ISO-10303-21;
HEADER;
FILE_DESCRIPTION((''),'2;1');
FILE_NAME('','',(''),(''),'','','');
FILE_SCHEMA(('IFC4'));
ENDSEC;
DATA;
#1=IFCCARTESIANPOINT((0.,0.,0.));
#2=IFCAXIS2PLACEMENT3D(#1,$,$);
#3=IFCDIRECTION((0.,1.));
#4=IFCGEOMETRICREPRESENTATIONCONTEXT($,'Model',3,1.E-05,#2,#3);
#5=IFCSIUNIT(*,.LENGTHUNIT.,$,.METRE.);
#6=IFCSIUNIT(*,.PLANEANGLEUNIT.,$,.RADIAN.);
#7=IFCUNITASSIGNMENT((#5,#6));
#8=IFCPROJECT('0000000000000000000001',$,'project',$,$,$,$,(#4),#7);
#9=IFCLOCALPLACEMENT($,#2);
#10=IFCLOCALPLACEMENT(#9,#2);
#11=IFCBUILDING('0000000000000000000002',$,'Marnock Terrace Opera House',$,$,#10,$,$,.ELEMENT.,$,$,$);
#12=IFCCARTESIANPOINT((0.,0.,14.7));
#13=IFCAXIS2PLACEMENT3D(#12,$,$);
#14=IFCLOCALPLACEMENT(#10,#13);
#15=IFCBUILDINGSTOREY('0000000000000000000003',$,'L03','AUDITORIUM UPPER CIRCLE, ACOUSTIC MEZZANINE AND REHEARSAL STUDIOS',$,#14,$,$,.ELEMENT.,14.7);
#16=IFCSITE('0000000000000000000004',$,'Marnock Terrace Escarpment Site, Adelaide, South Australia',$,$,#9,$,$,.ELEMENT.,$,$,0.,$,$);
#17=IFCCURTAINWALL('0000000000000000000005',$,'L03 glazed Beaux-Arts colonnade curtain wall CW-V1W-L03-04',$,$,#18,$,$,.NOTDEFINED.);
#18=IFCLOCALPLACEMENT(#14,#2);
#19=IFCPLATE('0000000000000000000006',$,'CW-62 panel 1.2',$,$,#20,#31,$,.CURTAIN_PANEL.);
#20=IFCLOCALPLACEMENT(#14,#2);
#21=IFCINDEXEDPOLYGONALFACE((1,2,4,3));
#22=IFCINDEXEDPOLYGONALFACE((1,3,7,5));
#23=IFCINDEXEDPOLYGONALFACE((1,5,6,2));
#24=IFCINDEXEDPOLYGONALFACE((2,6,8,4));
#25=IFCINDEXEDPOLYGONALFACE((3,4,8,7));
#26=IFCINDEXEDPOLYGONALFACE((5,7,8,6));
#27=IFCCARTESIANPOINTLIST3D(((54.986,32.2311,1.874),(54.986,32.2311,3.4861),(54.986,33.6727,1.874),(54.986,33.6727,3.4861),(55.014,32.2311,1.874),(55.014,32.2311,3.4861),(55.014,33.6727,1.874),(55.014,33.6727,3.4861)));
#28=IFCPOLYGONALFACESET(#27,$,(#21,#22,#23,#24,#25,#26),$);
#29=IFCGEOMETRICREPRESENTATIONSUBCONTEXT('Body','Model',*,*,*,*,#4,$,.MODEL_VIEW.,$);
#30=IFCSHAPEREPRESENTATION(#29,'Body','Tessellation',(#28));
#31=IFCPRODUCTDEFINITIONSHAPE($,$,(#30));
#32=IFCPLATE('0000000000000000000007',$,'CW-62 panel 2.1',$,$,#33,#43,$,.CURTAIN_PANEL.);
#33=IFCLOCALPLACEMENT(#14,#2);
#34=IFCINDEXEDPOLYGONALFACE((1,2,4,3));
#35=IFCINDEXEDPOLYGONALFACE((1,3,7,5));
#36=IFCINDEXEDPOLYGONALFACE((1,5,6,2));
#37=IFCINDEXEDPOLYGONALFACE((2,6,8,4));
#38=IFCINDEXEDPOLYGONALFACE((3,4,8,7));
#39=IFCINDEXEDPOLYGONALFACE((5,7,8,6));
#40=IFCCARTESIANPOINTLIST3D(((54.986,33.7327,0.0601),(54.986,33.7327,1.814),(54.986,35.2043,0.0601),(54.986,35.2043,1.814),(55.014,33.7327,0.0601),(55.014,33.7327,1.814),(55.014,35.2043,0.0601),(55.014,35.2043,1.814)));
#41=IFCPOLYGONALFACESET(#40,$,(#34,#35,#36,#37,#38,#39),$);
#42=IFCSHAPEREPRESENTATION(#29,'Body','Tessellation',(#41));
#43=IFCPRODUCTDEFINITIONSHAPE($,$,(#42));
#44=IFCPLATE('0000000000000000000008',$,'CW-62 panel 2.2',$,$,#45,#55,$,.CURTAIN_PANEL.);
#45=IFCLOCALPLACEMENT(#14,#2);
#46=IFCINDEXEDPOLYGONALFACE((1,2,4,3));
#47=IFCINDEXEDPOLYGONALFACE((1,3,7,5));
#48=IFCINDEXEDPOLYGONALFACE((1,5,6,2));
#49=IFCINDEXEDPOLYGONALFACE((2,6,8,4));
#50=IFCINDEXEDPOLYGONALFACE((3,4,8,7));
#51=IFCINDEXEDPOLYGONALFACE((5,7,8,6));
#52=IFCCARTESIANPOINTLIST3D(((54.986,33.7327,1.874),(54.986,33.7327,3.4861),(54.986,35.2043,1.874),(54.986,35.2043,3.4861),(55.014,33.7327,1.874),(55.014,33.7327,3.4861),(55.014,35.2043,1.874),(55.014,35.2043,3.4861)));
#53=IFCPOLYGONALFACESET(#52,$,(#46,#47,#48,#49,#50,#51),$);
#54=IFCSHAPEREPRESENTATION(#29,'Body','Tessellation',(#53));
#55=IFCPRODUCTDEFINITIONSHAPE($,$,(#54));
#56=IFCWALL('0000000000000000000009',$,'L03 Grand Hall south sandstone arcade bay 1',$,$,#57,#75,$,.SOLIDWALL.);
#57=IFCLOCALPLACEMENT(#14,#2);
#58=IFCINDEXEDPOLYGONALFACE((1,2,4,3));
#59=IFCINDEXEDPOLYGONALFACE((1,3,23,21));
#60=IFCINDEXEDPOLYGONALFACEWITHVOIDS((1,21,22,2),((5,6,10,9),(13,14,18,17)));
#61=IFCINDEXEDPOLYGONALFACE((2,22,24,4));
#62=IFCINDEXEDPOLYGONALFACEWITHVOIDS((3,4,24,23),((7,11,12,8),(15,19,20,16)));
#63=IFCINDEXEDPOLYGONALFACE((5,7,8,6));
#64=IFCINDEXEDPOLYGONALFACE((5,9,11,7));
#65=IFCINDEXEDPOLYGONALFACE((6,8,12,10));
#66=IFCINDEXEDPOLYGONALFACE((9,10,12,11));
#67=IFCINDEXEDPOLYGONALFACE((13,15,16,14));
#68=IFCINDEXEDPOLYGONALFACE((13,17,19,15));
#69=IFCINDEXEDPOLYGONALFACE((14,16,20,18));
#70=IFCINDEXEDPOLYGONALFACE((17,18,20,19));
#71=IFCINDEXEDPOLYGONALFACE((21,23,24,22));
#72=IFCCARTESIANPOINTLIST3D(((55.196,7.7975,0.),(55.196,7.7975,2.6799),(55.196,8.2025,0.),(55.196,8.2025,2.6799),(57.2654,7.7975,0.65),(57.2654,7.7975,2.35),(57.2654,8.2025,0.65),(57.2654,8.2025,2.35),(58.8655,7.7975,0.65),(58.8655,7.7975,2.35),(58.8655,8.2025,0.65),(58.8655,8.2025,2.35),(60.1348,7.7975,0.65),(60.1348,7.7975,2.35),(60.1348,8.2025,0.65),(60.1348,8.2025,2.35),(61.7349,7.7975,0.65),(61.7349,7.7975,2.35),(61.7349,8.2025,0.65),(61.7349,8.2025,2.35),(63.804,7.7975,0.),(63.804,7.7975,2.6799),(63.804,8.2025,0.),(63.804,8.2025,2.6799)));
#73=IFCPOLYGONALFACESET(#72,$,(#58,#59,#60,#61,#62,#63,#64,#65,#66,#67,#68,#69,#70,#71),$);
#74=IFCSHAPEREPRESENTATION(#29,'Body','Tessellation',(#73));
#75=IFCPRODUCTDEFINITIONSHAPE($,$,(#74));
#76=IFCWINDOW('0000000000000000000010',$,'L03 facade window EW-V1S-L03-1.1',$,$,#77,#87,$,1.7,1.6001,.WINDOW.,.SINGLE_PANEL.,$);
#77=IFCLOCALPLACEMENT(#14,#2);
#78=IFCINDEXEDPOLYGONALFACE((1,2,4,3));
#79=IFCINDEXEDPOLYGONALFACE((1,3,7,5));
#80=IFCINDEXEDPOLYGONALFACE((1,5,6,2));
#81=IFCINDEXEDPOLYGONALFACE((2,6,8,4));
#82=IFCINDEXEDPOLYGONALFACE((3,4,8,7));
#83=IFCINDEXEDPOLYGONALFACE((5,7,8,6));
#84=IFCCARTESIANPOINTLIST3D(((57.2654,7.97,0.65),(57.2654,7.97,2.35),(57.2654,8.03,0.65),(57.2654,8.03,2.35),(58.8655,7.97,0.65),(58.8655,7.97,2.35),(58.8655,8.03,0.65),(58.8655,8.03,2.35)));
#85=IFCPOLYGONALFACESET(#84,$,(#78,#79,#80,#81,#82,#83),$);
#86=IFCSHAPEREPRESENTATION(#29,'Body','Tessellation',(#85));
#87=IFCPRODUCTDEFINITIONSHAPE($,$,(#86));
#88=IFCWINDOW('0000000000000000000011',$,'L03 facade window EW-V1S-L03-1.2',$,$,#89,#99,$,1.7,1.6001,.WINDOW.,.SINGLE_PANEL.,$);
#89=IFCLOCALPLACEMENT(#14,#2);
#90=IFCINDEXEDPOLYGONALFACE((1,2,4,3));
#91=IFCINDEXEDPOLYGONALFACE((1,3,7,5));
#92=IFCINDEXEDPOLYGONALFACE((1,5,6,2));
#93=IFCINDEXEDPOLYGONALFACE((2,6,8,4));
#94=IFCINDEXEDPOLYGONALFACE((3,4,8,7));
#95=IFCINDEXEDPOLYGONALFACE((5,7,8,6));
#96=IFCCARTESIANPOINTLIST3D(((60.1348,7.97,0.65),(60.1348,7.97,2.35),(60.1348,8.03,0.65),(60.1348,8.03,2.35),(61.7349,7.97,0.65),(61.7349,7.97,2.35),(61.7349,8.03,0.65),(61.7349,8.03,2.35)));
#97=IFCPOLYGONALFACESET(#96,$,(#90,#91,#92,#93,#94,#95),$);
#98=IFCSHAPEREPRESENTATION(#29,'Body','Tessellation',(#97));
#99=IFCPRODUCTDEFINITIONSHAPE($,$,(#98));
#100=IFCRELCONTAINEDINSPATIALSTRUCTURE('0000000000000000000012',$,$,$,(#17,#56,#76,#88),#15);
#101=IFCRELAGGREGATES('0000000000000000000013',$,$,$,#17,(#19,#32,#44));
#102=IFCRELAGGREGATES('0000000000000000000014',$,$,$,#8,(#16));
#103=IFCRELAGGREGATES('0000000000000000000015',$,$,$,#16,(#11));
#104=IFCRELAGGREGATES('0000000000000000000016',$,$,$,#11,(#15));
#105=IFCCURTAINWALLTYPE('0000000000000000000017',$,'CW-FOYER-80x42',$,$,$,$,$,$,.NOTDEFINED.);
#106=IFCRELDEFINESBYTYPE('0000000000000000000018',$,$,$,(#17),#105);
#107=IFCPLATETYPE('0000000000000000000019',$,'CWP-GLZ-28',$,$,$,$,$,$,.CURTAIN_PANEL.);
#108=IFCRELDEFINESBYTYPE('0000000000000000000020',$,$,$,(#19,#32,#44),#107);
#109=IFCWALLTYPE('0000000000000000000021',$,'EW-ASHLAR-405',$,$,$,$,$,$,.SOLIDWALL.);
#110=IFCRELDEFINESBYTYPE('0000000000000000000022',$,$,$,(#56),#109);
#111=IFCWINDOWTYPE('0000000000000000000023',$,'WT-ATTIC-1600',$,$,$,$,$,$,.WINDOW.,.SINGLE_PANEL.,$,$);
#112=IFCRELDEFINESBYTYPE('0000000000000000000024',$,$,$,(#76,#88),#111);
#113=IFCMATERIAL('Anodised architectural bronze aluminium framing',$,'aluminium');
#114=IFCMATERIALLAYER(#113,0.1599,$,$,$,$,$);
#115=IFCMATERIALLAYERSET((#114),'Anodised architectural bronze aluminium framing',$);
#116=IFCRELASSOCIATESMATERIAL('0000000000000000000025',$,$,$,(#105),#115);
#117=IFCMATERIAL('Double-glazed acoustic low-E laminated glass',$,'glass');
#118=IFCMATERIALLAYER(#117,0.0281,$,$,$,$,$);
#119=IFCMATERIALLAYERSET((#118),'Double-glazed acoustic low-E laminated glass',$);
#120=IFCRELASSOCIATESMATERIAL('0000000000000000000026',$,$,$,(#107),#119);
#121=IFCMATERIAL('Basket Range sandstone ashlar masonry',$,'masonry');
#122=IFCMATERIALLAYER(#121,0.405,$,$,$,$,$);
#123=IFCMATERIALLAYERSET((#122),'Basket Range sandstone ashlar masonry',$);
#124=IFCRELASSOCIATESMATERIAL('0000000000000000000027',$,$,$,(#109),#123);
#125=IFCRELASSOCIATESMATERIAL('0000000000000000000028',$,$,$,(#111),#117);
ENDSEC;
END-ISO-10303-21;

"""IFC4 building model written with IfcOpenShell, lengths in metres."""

from ifc_helpers import new_model, si_unit, direction, frame, frame_2d, origin, origin_2d, place, context, subcontext, project, spatial, rectangle, extrude, material, layer, layer_set, type_object, element, fill, aggregate, save


model = new_model("IFC4")

# Units and contexts
model_context = context("Model", 3, precision=1e-05, world=origin(), true_north=direction((0.0, 1.0)))
body_context = subcontext(model_context, "Body", "Model", "MODEL_VIEW")
ifc_project = project(units=[si_unit("LENGTHUNIT", "METRE"), si_unit("PLANEANGLEUNIT", "RADIAN")], contexts=[model_context])

# Site, building, storey
site_placement = place(None, origin())
site = spatial("IfcSite", under=ifc_project, at=site_placement, Name="Marnock Terrace Escarpment Site, Adelaide, South Australia", CompositionType="ELEMENT", RefElevation=0.0)
building_placement = place(site_placement, origin())
building = spatial("IfcBuilding", under=site, at=building_placement, Name="Marnock Terrace Opera House", CompositionType="ELEMENT")
storey_placement = place(building_placement, frame((0.0, 0.0, 14.7)))
storey = spatial("IfcBuildingStorey", under=building, at=storey_placement, Name="L03", Description="AUDITORIUM UPPER CIRCLE, ACOUSTIC MEZZANINE AND REHEARSAL STUDIOS", CompositionType="ELEMENT", Elevation=14.7)

# Curtain wall
ifc_material_1 = material(Name="Anodised architectural bronze aluminium framing", Category="aluminium")
ifc_layer_1 = layer(ifc_material_1, 0.1599)
ifc_layer_set_1 = layer_set([ifc_layer_1], Name="Anodised architectural bronze aluminium framing")
curtain_wall_type = type_object("IfcCurtainWallType", Name="CW-FOYER-80x42", PredefinedType="NOTDEFINED", material=ifc_layer_set_1)
curtain_wall_1_placement = place(storey_placement, origin())
curtain_wall_1 = element("IfcCurtainWall", 1, at=curtain_wall_1_placement, inside=storey, type_object=curtain_wall_type, Name="L03 glazed Beaux-Arts colonnade curtain wall CW-V1W-L03-04", PredefinedType="NOTDEFINED")

# Plates
ifc_material_2 = material(Name="Double-glazed acoustic low-E laminated glass", Category="glass")
ifc_layer_2 = layer(ifc_material_2, 0.0281)
ifc_layer_set_2 = layer_set([ifc_layer_2], Name="Double-glazed acoustic low-E laminated glass")
plate_type = type_object("IfcPlateType", Name="CWP-GLZ-28", PredefinedType="CURTAIN_PANEL", material=ifc_layer_set_2)
plate_1_placement = place(storey_placement, frame((55.0, 32.9519, 1.874), z_axis=(0.0, 0.0, 1.0), x_axis=(0.0, 1.0, 0.0)))
plate_1 = element("IfcPlate", 2, at=plate_1_placement, type_object=plate_type, Name="CW-62 panel 1.2", PredefinedType="CURTAIN_PANEL", context=body_context, shape_type="SweptSolid", body=[
    extrude(rectangle(XDim=1.4417, YDim=0.0281, at=origin_2d()), origin(), (0.0, 0.0, 1.0), 1.6121),
])
plate_2_placement = place(storey_placement, frame((55.0, 34.4685, 0.0601), z_axis=(0.0, 0.0, 1.0), x_axis=(0.0, 1.0, 0.0)))
plate_2 = element("IfcPlate", 3, at=plate_2_placement, type_object=plate_type, Name="CW-62 panel 2.1", PredefinedType="CURTAIN_PANEL", context=body_context, shape_type="SweptSolid", body=[
    extrude(rectangle(XDim=1.4717, YDim=0.0281, at=origin_2d()), origin(), (0.0, 0.0, 1.0), 1.7539),
])
plate_3_placement = place(storey_placement, frame((55.0, 34.4685, 1.874), z_axis=(0.0, 0.0, 1.0), x_axis=(0.0, 1.0, 0.0)))
plate_3 = element("IfcPlate", 4, at=plate_3_placement, type_object=plate_type, Name="CW-62 panel 2.2", PredefinedType="CURTAIN_PANEL", context=body_context, shape_type="SweptSolid", body=[
    extrude(rectangle(XDim=1.4717, YDim=0.0281, at=origin_2d()), origin(), (0.0, 0.0, 1.0), 1.6121),
])
aggregate(curtain_wall_1, [plate_1, plate_2, plate_3])

# Wall, openings, windows
ifc_material_3 = material(Name="Basket Range sandstone ashlar masonry", Category="masonry")
ifc_layer_3 = layer(ifc_material_3, 0.405)
ifc_layer_set_3 = layer_set([ifc_layer_3], Name="Basket Range sandstone ashlar masonry")
wall_type = type_object("IfcWallType", Name="EW-ASHLAR-405", PredefinedType="SOLIDWALL", material=ifc_layer_set_3)
wall_placement = place(storey_placement, frame((55.196, 8.0, 0.0), z_axis=(0.0, 0.0, 1.0), x_axis=(1.0, 0.0, 0.0)))
wall = element("IfcWall", 5, at=wall_placement, inside=storey, type_object=wall_type, Name="L03 Grand Hall south sandstone arcade bay 1", PredefinedType="SOLIDWALL", context=body_context, shape_type="SweptSolid", body=[
    extrude(rectangle(XDim=8.6079, YDim=0.405, at=frame_2d((4.304, 0.0))), origin(), (0.0, 0.0, 1.0), 2.6799),
])
opening_1_placement = place(wall_placement, frame((2.0693, 0.0, 0.6499)))
opening_1 = element("IfcOpeningElement", 6, at=opening_1_placement, cuts=wall, PredefinedType="OPENING", context=body_context, shape_type="SweptSolid", body=[
    extrude(rectangle(XDim=1.6001, YDim=1.7, at=frame_2d((0.8, 0.8501))), frame((0.0, 0.2124, 0.0), z_axis=(0.0, -1.0, 0.0), x_axis=(1.0, 0.0, 0.0)), (0.0, 0.0, 1.0), 0.425),
])
opening_2_placement = place(wall_placement, frame((4.9387, 0.0, 0.6499)))
opening_2 = element("IfcOpeningElement", 7, at=opening_2_placement, cuts=wall, PredefinedType="OPENING", context=body_context, shape_type="SweptSolid", body=[
    extrude(rectangle(XDim=1.6001, YDim=1.7, at=frame_2d((0.8, 0.8501))), frame((0.0, 0.2124, 0.0), z_axis=(0.0, -1.0, 0.0), x_axis=(1.0, 0.0, 0.0)), (0.0, 0.0, 1.0), 0.425),
])
window_type = type_object("IfcWindowType", Name="WT-ATTIC-1600", PartitioningType="SINGLE_PANEL", PredefinedType="WINDOW", material=ifc_material_2)
window_1_placement = place(opening_1_placement, origin())
window_1 = element("IfcWindow", 8, at=window_1_placement, inside=storey, type_object=window_type, Name="L03 facade window EW-V1S-L03-1.1", OverallHeight=1.7, OverallWidth=1.6001, PartitioningType="SINGLE_PANEL", PredefinedType="WINDOW", context=body_context, shape_type="SweptSolid", body=[
    extrude(rectangle(XDim=1.6001, YDim=1.7, at=frame_2d((0.8, 0.8501))), frame((0.0, 0.03, 0.0), z_axis=(0.0, -1.0, 0.0), x_axis=(1.0, 0.0, 0.0)), (0.0, 0.0, 1.0), 0.0601),
])
fill(opening_1, window_1)
window_2_placement = place(opening_2_placement, origin())
window_2 = element("IfcWindow", 9, at=window_2_placement, inside=storey, type_object=window_type, Name="L03 facade window EW-V1S-L03-1.2", OverallHeight=1.7, OverallWidth=1.6001, PartitioningType="SINGLE_PANEL", PredefinedType="WINDOW", context=body_context, shape_type="SweptSolid", body=[
    extrude(rectangle(XDim=1.6001, YDim=1.7, at=frame_2d((0.8, 0.8501))), frame((0.0, 0.03, 0.0), z_axis=(0.0, -1.0, 0.0), x_axis=(1.0, 0.0, 0.0)), (0.0, 0.0, 1.0), 0.0601),
])
fill(opening_2, window_2)

save(model, "model.ifc")
